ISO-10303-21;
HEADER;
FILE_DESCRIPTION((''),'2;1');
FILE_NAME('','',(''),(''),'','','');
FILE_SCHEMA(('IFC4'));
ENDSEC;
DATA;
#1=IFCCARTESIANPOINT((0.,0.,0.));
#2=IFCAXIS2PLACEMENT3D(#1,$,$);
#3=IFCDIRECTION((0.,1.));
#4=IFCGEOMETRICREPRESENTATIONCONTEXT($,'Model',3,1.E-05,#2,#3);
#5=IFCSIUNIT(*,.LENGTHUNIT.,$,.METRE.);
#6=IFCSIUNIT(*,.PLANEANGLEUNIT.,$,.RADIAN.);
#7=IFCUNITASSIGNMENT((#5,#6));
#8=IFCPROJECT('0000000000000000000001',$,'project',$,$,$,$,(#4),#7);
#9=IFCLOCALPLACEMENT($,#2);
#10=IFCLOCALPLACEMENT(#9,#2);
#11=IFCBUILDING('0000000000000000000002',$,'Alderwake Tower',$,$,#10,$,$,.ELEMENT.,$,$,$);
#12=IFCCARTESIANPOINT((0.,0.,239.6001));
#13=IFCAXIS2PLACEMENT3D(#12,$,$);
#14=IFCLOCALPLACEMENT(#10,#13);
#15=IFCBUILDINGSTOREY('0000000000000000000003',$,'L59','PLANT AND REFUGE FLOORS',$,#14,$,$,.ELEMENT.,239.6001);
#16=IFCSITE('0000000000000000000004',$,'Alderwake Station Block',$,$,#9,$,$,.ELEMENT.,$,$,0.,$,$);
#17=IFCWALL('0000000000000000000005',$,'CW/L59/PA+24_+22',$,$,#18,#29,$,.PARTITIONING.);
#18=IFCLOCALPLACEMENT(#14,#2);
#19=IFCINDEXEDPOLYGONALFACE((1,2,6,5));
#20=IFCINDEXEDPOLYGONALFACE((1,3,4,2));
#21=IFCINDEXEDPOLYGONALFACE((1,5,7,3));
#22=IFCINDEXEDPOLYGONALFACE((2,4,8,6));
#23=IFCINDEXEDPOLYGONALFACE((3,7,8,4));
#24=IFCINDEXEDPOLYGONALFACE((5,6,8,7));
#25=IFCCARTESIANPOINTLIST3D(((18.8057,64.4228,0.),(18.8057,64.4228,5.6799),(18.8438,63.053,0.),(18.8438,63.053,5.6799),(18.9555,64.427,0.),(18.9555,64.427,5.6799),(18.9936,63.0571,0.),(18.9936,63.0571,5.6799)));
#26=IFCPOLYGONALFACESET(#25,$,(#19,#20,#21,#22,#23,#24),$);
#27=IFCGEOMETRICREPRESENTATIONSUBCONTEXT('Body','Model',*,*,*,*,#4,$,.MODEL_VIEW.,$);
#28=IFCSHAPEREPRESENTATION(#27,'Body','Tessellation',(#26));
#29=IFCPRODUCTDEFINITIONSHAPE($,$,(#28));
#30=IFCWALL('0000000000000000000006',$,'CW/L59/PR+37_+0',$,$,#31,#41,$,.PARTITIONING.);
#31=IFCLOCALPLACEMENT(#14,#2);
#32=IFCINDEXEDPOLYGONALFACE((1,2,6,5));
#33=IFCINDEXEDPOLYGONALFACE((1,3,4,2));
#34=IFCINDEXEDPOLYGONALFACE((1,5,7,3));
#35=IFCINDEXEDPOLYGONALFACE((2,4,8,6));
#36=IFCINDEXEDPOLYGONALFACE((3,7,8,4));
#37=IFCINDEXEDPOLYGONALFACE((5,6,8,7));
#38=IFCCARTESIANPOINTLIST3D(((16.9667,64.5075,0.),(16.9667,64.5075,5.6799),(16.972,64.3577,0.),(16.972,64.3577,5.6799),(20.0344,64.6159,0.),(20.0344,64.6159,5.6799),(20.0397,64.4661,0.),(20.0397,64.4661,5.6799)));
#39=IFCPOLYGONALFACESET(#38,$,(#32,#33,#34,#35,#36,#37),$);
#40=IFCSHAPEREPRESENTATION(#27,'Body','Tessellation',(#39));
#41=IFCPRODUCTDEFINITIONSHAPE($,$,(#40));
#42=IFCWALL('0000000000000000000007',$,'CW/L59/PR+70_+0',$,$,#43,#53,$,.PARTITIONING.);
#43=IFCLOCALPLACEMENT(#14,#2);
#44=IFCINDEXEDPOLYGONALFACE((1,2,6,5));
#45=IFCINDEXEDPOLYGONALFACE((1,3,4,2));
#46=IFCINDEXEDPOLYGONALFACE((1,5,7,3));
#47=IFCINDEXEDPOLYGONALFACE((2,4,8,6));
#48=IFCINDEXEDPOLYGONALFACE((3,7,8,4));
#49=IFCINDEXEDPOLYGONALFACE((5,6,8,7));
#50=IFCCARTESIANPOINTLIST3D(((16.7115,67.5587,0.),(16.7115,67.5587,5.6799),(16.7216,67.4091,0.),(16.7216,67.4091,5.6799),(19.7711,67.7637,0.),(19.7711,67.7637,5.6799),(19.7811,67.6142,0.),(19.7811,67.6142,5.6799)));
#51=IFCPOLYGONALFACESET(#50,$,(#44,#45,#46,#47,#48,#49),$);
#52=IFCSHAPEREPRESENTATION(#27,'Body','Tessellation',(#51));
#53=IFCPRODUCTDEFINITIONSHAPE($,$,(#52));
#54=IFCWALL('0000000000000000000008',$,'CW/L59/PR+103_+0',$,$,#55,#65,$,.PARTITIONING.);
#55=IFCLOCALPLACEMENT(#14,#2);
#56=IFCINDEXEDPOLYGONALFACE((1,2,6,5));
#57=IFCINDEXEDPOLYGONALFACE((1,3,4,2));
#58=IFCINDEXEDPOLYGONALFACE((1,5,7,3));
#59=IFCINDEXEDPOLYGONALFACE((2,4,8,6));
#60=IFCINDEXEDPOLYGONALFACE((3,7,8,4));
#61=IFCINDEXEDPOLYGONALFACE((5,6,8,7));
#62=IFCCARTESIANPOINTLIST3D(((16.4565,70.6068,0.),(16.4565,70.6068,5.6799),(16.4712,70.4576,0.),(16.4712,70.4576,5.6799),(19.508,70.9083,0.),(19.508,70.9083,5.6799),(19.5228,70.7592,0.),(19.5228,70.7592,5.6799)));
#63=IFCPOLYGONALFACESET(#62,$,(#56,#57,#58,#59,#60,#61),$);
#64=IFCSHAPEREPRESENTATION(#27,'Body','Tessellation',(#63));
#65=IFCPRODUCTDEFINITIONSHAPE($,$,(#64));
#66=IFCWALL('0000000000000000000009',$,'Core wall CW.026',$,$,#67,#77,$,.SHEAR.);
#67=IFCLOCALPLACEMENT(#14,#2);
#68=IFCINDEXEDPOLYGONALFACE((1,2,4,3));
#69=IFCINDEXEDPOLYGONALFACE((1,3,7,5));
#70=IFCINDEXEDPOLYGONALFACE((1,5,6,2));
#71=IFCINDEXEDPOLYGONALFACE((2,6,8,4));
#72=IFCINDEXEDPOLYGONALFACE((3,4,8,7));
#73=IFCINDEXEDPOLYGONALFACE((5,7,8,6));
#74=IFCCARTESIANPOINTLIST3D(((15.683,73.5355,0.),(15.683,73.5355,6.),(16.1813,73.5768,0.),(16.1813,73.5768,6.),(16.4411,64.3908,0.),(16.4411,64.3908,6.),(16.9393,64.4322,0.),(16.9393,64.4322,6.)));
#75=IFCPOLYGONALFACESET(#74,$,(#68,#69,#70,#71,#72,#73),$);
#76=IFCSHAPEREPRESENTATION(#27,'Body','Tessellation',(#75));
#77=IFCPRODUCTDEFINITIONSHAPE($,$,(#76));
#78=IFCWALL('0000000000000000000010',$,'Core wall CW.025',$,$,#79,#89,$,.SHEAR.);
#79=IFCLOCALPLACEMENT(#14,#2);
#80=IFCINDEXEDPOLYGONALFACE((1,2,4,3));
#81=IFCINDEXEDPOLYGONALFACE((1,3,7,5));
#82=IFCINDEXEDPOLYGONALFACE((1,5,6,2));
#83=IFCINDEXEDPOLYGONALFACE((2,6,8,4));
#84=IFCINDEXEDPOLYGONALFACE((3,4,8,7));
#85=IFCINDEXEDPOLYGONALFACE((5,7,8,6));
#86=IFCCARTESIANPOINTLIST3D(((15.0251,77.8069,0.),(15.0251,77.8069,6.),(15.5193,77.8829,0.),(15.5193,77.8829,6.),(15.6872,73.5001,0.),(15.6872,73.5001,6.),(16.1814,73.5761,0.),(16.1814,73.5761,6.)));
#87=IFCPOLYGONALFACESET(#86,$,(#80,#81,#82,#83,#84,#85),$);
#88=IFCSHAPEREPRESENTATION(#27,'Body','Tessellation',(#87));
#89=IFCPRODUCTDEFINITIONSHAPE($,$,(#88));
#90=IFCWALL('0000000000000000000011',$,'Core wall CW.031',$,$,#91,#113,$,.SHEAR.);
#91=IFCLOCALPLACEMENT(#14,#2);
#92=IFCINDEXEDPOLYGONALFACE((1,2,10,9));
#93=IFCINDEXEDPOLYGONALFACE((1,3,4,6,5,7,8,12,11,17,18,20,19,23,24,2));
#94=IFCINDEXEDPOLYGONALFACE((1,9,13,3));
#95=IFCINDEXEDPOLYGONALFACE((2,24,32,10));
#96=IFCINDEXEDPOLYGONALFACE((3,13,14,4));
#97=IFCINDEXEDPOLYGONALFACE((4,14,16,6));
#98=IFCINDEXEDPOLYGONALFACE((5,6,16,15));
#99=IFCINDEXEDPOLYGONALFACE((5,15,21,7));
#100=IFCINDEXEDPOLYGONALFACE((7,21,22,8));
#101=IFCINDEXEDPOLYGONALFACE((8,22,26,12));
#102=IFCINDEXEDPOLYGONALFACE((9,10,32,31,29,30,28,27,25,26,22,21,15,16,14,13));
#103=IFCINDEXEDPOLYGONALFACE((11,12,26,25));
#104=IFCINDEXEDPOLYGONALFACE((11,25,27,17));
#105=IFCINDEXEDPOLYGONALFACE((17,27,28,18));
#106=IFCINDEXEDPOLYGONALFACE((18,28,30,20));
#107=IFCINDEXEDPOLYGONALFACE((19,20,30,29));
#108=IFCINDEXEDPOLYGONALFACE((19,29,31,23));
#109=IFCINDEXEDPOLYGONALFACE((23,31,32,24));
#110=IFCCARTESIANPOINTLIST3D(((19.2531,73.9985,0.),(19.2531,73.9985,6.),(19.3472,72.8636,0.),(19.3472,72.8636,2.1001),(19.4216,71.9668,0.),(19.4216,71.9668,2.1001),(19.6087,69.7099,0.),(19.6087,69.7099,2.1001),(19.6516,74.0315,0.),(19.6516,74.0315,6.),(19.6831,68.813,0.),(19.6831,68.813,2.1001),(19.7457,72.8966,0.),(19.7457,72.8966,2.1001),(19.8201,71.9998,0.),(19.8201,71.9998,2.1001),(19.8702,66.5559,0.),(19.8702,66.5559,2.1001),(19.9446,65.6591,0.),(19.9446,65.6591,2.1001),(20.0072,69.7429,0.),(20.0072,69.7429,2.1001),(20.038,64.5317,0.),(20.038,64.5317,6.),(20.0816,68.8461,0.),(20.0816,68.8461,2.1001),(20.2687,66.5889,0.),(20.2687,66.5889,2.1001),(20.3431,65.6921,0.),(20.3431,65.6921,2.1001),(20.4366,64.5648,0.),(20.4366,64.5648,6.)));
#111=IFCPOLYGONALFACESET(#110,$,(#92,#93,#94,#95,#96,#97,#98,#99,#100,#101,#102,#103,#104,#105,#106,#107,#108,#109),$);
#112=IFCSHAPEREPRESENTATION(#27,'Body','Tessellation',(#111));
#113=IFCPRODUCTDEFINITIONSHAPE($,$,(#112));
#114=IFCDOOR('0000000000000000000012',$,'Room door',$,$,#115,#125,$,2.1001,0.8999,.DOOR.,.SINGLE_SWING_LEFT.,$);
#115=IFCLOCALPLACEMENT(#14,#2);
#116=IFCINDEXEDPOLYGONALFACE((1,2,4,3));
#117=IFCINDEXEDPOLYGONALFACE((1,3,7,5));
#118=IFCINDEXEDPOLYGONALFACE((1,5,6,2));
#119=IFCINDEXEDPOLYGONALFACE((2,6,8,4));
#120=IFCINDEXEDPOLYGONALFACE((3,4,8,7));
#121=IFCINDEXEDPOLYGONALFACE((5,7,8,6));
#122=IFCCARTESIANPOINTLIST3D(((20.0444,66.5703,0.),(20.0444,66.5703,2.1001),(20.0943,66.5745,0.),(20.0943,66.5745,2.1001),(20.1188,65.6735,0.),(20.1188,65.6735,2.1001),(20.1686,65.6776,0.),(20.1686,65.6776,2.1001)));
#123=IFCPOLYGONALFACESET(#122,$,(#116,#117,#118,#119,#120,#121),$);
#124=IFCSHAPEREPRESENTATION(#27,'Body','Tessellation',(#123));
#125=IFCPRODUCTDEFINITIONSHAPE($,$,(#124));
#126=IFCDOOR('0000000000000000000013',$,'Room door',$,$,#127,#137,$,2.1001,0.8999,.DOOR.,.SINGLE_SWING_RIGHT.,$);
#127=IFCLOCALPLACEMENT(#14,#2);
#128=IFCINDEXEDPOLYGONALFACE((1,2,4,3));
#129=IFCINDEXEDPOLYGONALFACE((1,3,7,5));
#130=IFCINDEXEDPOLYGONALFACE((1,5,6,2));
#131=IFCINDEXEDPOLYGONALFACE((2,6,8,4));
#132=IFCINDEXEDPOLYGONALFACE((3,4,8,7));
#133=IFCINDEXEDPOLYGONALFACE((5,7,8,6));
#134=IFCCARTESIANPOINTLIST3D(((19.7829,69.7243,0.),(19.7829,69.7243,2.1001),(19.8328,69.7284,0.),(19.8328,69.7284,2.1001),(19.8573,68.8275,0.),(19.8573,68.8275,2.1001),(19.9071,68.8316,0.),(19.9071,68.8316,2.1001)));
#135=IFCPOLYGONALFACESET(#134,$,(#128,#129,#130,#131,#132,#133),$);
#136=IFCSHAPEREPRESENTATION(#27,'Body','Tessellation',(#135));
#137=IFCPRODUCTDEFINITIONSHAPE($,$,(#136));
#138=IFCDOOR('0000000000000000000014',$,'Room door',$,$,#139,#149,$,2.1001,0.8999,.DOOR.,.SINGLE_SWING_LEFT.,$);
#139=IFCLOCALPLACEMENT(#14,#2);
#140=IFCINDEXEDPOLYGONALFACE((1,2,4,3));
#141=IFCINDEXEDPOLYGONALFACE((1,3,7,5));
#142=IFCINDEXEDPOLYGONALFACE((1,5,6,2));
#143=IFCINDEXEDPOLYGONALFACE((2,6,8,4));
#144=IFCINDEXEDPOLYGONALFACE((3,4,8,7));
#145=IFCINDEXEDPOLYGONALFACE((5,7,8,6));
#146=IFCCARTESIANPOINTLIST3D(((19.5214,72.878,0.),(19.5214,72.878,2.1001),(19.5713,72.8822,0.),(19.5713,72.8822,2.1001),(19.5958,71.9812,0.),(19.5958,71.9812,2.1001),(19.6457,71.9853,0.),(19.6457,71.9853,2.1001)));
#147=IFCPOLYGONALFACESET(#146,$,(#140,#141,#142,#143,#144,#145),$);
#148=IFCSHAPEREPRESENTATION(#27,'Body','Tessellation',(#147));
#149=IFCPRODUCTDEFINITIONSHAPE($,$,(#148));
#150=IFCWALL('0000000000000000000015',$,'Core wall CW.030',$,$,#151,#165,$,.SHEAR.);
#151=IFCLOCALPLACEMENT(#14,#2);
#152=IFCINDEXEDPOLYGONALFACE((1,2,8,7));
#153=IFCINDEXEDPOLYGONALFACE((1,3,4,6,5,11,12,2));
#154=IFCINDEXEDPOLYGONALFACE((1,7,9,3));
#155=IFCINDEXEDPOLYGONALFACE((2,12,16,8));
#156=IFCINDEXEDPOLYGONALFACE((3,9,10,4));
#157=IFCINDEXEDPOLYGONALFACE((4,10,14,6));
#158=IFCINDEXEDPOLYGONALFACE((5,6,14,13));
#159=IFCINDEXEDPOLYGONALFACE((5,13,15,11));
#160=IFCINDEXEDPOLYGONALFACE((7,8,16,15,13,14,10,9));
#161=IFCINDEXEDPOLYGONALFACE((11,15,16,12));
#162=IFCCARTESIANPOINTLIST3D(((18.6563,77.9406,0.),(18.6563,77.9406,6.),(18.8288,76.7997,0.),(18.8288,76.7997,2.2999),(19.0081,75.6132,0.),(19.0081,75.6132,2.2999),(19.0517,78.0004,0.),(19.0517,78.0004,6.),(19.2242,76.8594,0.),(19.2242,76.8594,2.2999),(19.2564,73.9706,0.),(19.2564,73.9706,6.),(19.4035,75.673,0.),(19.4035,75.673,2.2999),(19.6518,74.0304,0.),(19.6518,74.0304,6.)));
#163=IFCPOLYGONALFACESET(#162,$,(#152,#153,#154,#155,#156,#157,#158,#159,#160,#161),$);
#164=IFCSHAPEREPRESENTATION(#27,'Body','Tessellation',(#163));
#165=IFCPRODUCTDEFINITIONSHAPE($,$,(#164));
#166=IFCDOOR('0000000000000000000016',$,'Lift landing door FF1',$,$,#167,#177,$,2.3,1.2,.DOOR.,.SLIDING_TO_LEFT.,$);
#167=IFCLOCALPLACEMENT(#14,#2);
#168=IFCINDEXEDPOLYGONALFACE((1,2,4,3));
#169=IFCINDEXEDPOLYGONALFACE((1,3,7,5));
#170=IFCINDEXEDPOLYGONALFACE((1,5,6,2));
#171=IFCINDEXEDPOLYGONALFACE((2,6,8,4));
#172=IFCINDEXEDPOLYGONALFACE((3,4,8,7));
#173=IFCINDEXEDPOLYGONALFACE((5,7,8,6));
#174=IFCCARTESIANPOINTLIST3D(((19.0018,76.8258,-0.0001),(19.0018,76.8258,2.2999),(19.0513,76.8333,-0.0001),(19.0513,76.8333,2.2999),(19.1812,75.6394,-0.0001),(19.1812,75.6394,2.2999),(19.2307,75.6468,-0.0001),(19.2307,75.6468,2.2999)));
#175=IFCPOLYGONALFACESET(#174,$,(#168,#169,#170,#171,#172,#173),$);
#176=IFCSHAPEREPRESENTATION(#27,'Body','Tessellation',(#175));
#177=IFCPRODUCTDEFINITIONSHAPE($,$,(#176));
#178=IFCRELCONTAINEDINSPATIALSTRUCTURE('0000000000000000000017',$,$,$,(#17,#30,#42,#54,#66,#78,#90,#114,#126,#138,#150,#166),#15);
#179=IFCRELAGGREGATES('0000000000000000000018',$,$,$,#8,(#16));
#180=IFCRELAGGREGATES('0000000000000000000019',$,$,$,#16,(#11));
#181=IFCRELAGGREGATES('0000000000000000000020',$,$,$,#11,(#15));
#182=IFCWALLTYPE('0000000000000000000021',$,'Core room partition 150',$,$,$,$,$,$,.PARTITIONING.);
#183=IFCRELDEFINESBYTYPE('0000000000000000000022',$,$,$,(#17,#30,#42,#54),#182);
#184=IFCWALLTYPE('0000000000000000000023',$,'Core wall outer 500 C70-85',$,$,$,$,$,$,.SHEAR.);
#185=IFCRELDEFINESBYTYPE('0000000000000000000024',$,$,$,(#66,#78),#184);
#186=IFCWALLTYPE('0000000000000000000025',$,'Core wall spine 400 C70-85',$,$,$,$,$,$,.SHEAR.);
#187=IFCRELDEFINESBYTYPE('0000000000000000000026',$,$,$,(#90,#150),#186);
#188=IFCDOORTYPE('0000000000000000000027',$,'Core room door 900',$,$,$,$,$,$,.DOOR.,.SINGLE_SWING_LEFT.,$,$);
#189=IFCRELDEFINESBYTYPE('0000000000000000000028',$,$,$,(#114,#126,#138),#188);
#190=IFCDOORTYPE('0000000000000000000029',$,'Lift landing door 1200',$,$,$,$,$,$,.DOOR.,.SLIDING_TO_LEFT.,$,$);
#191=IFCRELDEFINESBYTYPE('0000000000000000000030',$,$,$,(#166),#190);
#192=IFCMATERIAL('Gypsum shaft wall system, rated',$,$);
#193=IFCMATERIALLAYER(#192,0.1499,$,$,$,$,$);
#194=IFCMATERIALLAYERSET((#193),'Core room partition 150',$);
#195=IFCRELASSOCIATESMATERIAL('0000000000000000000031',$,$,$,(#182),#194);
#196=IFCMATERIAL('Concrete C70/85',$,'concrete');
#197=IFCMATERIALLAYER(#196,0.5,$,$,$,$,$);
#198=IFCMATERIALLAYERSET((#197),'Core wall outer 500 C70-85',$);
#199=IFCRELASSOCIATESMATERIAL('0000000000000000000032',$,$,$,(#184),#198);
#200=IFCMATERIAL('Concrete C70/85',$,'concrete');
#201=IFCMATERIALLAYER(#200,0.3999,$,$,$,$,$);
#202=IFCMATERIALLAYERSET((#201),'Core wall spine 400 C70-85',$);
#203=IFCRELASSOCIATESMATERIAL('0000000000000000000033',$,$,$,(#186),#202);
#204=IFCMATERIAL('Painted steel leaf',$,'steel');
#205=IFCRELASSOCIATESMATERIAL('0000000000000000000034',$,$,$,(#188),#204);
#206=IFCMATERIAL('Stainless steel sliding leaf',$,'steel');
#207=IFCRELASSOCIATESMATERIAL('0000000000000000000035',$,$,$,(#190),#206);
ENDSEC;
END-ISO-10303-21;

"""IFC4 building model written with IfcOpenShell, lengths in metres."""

from ifc_helpers import new_model, si_unit, direction, frame, frame_2d, origin, place, context, subcontext, project, spatial, rectangle, extrude, material, layer, layer_set, type_object, element, fill, save


model = new_model("IFC4")

# Units and contexts
model_context = context("Model", 3, precision=1e-05, world=origin(), true_north=direction((0.0, 1.0)))
body_context = subcontext(model_context, "Body", "Model", "MODEL_VIEW")
ifc_project = project(units=[si_unit("LENGTHUNIT", "METRE"), si_unit("PLANEANGLEUNIT", "RADIAN")], contexts=[model_context])

# Site, building, storey
site_placement = place(None, origin())
site = spatial("IfcSite", under=ifc_project, at=site_placement, Name="Alderwake Station Block", CompositionType="ELEMENT", RefElevation=0.0)
building_placement = place(site_placement, origin())
building = spatial("IfcBuilding", under=site, at=building_placement, Name="Alderwake Tower", CompositionType="ELEMENT")
storey_placement = place(building_placement, frame((0.0, 0.0, 239.6001)))
storey = spatial("IfcBuildingStorey", under=building, at=storey_placement, Name="L59", Description="PLANT AND REFUGE FLOORS", CompositionType="ELEMENT", Elevation=239.6001)

# Walls
ifc_material_1 = material(Name="Gypsum shaft wall system, rated")
ifc_layer_1 = layer(ifc_material_1, 0.1499)
ifc_layer_set_1 = layer_set([ifc_layer_1], Name="Core room partition 150")
wall_type_1 = type_object("IfcWallType", Name="Core room partition 150", PredefinedType="PARTITIONING", material=ifc_layer_set_1)
wall_1_placement = place(storey_placement, frame((18.9187, 63.0552, 0.0), z_axis=(0.0, 0.0, 1.0), x_axis=(-0.027792, 0.999614, 0.0)))
element("IfcWall", 1, at=wall_1_placement, inside=storey, type_object=wall_type_1, Name="CW/L59/PA+24_+22", PredefinedType="PARTITIONING", context=body_context, shape_type="SweptSolid", body=[
    extrude(rectangle(XDim=1.3704, YDim=0.1499, at=frame_2d((0.6851, 0.0))), origin(), (0.0, 0.0, 1.0), 5.6799),
])
wall_2_placement = place(storey_placement, frame((16.9695, 64.4326, 0.0), z_axis=(0.0, 0.0, 1.0), x_axis=(0.999376, 0.035314, 0.0)))
element("IfcWall", 2, at=wall_2_placement, inside=storey, type_object=wall_type_1, Name="CW/L59/PR+37_+0", PredefinedType="PARTITIONING", context=body_context, shape_type="SweptSolid", body=[
    extrude(rectangle(XDim=3.0696, YDim=0.1499, at=frame_2d((1.5347, 0.0))), origin(), (0.0, 0.0, 1.0), 5.6799),
])
for number, where, z_axis, x_axis, name in (
    (3, (16.7166, 67.4839, 0.0), (0.0, 0.0, 1.0), (0.997761, 0.066878, 0.0), "CW/L59/PR+70_+0"),
    (4, (16.4639, 70.5322, 0.0), (0.0, 0.0, 1.0), (0.995154, 0.098329, 0.0), "CW/L59/PR+103_+0"),
):
    element("IfcWall", number, at=place(storey_placement, frame(where, z_axis=z_axis, x_axis=x_axis)), inside=storey, type_object=wall_type_1, Name=name, PredefinedType="PARTITIONING", context=body_context, shape_type="SweptSolid", body=[
        extrude(rectangle(XDim=3.0664, YDim=0.1499, at=frame_2d((1.5332, 0.0))), origin(), (0.0, 0.0, 1.0), 5.6799),
    ])
ifc_material_2 = material(Name="Concrete C70/85", Category="concrete")
ifc_layer_2 = layer(ifc_material_2, 0.5)
ifc_layer_set_2 = layer_set([ifc_layer_2], Name="Core wall outer 500 C70-85")
wall_type_2 = type_object("IfcWallType", Name="Core wall outer 500 C70-85", PredefinedType="SHEAR", material=ifc_layer_set_2)
wall_3_placement = place(storey_placement, frame((16.6902, 64.4116, 0.0), z_axis=(0.0, 0.0, 1.0), x_axis=(-0.082612, 0.996582, 0.0)))
element("IfcWall", 5, at=wall_3_placement, inside=storey, type_object=wall_type_2, Name="Core wall CW.026", PredefinedType="SHEAR", context=body_context, shape_type="SweptSolid", body=[
    extrude(rectangle(XDim=9.176, YDim=0.5, at=frame_2d((4.5879, 0.0))), origin(), (0.0, 0.0, 1.0), 6.0),
])
wall_4_placement = place(storey_placement, frame((15.9343, 73.5381, 0.0), z_axis=(0.0, 0.0, 1.0), x_axis=(-0.151948, 0.988389, 0.0)))
element("IfcWall", 6, at=wall_4_placement, inside=storey, type_object=wall_type_2, Name="Core wall CW.025", PredefinedType="SHEAR", context=body_context, shape_type="SweptSolid", body=[
    extrude(rectangle(XDim=4.3574, YDim=0.5, at=frame_2d((2.1787, 0.0))), origin(), (0.0, 0.0, 1.0), 6.0),
])

# Wall, openings, doors
ifc_material_3 = material(Name="Concrete C70/85", Category="concrete")
ifc_layer_3 = layer(ifc_material_3, 0.3999)
ifc_layer_set_3 = layer_set([ifc_layer_3], Name="Core wall spine 400 C70-85")
wall_type_3 = type_object("IfcWallType", Name="Core wall spine 400 C70-85", PredefinedType="SHEAR", material=ifc_layer_set_3)
wall_5_placement = place(storey_placement, frame((19.4524, 74.0149, 0.0), z_axis=(0.0, 0.0, 1.0), x_axis=(0.082629, -0.99658, 0.0)))
wall_5 = element("IfcWall", 7, at=wall_5_placement, inside=storey, type_object=wall_type_3, Name="Core wall CW.031", PredefinedType="SHEAR", context=body_context, shape_type="SweptSolid", body=[
    extrude(rectangle(XDim=9.4993, YDim=0.3999, at=frame_2d((4.7495, 0.0))), origin(), (0.0, 0.0, 1.0), 6.0),
])
opening_1_placement = place(wall_5_placement, frame((7.468, 0.0, 0.0)))
opening_1 = element("IfcOpeningElement", 8, at=opening_1_placement, cuts=wall_5, PredefinedType="OPENING", context=body_context, shape_type="SweptSolid", body=[
    extrude(rectangle(XDim=0.8999, YDim=2.1001, at=frame_2d((0.45, 1.05))), frame((0.0, 0.21, 0.0), z_axis=(0.0, -1.0, 0.0), x_axis=(1.0, 0.0, 0.0)), (0.0, 0.0, 1.0), 0.4199),
])
opening_2_placement = place(wall_5_placement, frame((4.3032, 0.0, 0.0)))
opening_2 = element("IfcOpeningElement", 9, at=opening_2_placement, cuts=wall_5, PredefinedType="OPENING", context=body_context, shape_type="SweptSolid", body=[
    extrude(rectangle(XDim=0.8999, YDim=2.1001, at=frame_2d((0.45, 1.05))), frame((0.0, 0.21, 0.0), z_axis=(0.0, -1.0, 0.0), x_axis=(1.0, 0.0, 0.0)), (0.0, 0.0, 1.0), 0.4199),
])
opening_3_placement = place(wall_5_placement, frame((1.1387, 0.0, 0.0)))
opening_3 = element("IfcOpeningElement", 10, at=opening_3_placement, cuts=wall_5, PredefinedType="OPENING", context=body_context, shape_type="SweptSolid", body=[
    extrude(rectangle(XDim=0.8999, YDim=2.1001, at=frame_2d((0.45, 1.05))), frame((0.0, 0.21, 0.0), z_axis=(0.0, -1.0, 0.0), x_axis=(1.0, 0.0, 0.0)), (0.0, 0.0, 1.0), 0.4199),
])
ifc_material_4 = material(Name="Painted steel leaf", Category="steel")
door_type_1 = type_object("IfcDoorType", Name="Core room door 900", OperationType="SINGLE_SWING_LEFT", PredefinedType="DOOR", material=ifc_material_4)
door_1_placement = place(opening_1_placement, origin())
door_1 = element("IfcDoor", 11, at=door_1_placement, inside=storey, type_object=door_type_1, Name="Room door", OperationType="SINGLE_SWING_LEFT", OverallHeight=2.1001, OverallWidth=0.8999, PredefinedType="DOOR", context=body_context, shape_type="SweptSolid", body=[
    extrude(rectangle(XDim=0.8999, YDim=2.1001, at=frame_2d((0.45, 1.05))), frame((0.0, 0.0249, 0.0), z_axis=(0.0, -1.0, 0.0), x_axis=(1.0, 0.0, 0.0)), (0.0, 0.0, 1.0), 0.05),
])
fill(opening_1, door_1)
door_2_placement = place(opening_2_placement, origin())
door_2 = element("IfcDoor", 12, at=door_2_placement, inside=storey, type_object=door_type_1, Name="Room door", OperationType="SINGLE_SWING_RIGHT", OverallHeight=2.1001, OverallWidth=0.8999, PredefinedType="DOOR", context=body_context, shape_type="SweptSolid", body=[
    extrude(rectangle(XDim=0.8999, YDim=2.1001, at=frame_2d((0.45, 1.05))), frame((0.0, 0.0249, 0.0), z_axis=(0.0, -1.0, 0.0), x_axis=(1.0, 0.0, 0.0)), (0.0, 0.0, 1.0), 0.05),
])
fill(opening_2, door_2)
door_3_placement = place(opening_3_placement, origin())
door_3 = element("IfcDoor", 13, at=door_3_placement, inside=storey, type_object=door_type_1, Name="Room door", OperationType="SINGLE_SWING_LEFT", OverallHeight=2.1001, OverallWidth=0.8999, PredefinedType="DOOR", context=body_context, shape_type="SweptSolid", body=[
    extrude(rectangle(XDim=0.8999, YDim=2.1001, at=frame_2d((0.45, 1.05))), frame((0.0, 0.0249, 0.0), z_axis=(0.0, -1.0, 0.0), x_axis=(1.0, 0.0, 0.0)), (0.0, 0.0, 1.0), 0.05),
])
fill(opening_3, door_3)

# Wall, opening, door
wall_6_placement = place(storey_placement, frame((19.4541, 74.0005, 0.0), z_axis=(0.0, 0.0, 1.0), x_axis=(-0.149461, 0.988768, 0.0)))
wall_6 = element("IfcWall", 14, at=wall_6_placement, inside=storey, type_object=wall_type_3, Name="Core wall CW.030", PredefinedType="SHEAR", context=body_context, shape_type="SweptSolid", body=[
    extrude(rectangle(XDim=4.0151, YDim=0.3999, at=frame_2d((2.0076, 0.0))), origin(), (0.0, 0.0, 1.0), 6.0),
])
opening_4_placement = place(wall_6_placement, frame((1.6611, 0.0, 0.0)))
opening_4 = element("IfcOpeningElement", 15, at=opening_4_placement, cuts=wall_6, PredefinedType="OPENING", context=body_context, shape_type="SweptSolid", body=[
    extrude(rectangle(XDim=1.2, YDim=2.3, at=frame_2d((0.6001, 1.1499))), frame((0.0, 0.21, 0.0), z_axis=(0.0, -1.0, 0.0), x_axis=(1.0, 0.0, 0.0)), (0.0, 0.0, 1.0), 0.4199),
])
ifc_material_5 = material(Name="Stainless steel sliding leaf", Category="steel")
door_type_2 = type_object("IfcDoorType", Name="Lift landing door 1200", OperationType="SLIDING_TO_LEFT", PredefinedType="DOOR", material=ifc_material_5)
door_4_placement = place(opening_4_placement, origin())
door_4 = element("IfcDoor", 16, at=door_4_placement, inside=storey, type_object=door_type_2, Name="Lift landing door FF1", OperationType="SLIDING_TO_LEFT", OverallHeight=2.3, OverallWidth=1.2, PredefinedType="DOOR", context=body_context, shape_type="SweptSolid", body=[
    extrude(rectangle(XDim=1.2, YDim=2.3, at=frame_2d((0.6001, 1.1499))), frame((0.0, 0.0249, 0.0), z_axis=(0.0, -1.0, 0.0), x_axis=(1.0, 0.0, 0.0)), (0.0, 0.0, 1.0), 0.05),
])
fill(opening_4, door_4)

save(model, "model.ifc")
